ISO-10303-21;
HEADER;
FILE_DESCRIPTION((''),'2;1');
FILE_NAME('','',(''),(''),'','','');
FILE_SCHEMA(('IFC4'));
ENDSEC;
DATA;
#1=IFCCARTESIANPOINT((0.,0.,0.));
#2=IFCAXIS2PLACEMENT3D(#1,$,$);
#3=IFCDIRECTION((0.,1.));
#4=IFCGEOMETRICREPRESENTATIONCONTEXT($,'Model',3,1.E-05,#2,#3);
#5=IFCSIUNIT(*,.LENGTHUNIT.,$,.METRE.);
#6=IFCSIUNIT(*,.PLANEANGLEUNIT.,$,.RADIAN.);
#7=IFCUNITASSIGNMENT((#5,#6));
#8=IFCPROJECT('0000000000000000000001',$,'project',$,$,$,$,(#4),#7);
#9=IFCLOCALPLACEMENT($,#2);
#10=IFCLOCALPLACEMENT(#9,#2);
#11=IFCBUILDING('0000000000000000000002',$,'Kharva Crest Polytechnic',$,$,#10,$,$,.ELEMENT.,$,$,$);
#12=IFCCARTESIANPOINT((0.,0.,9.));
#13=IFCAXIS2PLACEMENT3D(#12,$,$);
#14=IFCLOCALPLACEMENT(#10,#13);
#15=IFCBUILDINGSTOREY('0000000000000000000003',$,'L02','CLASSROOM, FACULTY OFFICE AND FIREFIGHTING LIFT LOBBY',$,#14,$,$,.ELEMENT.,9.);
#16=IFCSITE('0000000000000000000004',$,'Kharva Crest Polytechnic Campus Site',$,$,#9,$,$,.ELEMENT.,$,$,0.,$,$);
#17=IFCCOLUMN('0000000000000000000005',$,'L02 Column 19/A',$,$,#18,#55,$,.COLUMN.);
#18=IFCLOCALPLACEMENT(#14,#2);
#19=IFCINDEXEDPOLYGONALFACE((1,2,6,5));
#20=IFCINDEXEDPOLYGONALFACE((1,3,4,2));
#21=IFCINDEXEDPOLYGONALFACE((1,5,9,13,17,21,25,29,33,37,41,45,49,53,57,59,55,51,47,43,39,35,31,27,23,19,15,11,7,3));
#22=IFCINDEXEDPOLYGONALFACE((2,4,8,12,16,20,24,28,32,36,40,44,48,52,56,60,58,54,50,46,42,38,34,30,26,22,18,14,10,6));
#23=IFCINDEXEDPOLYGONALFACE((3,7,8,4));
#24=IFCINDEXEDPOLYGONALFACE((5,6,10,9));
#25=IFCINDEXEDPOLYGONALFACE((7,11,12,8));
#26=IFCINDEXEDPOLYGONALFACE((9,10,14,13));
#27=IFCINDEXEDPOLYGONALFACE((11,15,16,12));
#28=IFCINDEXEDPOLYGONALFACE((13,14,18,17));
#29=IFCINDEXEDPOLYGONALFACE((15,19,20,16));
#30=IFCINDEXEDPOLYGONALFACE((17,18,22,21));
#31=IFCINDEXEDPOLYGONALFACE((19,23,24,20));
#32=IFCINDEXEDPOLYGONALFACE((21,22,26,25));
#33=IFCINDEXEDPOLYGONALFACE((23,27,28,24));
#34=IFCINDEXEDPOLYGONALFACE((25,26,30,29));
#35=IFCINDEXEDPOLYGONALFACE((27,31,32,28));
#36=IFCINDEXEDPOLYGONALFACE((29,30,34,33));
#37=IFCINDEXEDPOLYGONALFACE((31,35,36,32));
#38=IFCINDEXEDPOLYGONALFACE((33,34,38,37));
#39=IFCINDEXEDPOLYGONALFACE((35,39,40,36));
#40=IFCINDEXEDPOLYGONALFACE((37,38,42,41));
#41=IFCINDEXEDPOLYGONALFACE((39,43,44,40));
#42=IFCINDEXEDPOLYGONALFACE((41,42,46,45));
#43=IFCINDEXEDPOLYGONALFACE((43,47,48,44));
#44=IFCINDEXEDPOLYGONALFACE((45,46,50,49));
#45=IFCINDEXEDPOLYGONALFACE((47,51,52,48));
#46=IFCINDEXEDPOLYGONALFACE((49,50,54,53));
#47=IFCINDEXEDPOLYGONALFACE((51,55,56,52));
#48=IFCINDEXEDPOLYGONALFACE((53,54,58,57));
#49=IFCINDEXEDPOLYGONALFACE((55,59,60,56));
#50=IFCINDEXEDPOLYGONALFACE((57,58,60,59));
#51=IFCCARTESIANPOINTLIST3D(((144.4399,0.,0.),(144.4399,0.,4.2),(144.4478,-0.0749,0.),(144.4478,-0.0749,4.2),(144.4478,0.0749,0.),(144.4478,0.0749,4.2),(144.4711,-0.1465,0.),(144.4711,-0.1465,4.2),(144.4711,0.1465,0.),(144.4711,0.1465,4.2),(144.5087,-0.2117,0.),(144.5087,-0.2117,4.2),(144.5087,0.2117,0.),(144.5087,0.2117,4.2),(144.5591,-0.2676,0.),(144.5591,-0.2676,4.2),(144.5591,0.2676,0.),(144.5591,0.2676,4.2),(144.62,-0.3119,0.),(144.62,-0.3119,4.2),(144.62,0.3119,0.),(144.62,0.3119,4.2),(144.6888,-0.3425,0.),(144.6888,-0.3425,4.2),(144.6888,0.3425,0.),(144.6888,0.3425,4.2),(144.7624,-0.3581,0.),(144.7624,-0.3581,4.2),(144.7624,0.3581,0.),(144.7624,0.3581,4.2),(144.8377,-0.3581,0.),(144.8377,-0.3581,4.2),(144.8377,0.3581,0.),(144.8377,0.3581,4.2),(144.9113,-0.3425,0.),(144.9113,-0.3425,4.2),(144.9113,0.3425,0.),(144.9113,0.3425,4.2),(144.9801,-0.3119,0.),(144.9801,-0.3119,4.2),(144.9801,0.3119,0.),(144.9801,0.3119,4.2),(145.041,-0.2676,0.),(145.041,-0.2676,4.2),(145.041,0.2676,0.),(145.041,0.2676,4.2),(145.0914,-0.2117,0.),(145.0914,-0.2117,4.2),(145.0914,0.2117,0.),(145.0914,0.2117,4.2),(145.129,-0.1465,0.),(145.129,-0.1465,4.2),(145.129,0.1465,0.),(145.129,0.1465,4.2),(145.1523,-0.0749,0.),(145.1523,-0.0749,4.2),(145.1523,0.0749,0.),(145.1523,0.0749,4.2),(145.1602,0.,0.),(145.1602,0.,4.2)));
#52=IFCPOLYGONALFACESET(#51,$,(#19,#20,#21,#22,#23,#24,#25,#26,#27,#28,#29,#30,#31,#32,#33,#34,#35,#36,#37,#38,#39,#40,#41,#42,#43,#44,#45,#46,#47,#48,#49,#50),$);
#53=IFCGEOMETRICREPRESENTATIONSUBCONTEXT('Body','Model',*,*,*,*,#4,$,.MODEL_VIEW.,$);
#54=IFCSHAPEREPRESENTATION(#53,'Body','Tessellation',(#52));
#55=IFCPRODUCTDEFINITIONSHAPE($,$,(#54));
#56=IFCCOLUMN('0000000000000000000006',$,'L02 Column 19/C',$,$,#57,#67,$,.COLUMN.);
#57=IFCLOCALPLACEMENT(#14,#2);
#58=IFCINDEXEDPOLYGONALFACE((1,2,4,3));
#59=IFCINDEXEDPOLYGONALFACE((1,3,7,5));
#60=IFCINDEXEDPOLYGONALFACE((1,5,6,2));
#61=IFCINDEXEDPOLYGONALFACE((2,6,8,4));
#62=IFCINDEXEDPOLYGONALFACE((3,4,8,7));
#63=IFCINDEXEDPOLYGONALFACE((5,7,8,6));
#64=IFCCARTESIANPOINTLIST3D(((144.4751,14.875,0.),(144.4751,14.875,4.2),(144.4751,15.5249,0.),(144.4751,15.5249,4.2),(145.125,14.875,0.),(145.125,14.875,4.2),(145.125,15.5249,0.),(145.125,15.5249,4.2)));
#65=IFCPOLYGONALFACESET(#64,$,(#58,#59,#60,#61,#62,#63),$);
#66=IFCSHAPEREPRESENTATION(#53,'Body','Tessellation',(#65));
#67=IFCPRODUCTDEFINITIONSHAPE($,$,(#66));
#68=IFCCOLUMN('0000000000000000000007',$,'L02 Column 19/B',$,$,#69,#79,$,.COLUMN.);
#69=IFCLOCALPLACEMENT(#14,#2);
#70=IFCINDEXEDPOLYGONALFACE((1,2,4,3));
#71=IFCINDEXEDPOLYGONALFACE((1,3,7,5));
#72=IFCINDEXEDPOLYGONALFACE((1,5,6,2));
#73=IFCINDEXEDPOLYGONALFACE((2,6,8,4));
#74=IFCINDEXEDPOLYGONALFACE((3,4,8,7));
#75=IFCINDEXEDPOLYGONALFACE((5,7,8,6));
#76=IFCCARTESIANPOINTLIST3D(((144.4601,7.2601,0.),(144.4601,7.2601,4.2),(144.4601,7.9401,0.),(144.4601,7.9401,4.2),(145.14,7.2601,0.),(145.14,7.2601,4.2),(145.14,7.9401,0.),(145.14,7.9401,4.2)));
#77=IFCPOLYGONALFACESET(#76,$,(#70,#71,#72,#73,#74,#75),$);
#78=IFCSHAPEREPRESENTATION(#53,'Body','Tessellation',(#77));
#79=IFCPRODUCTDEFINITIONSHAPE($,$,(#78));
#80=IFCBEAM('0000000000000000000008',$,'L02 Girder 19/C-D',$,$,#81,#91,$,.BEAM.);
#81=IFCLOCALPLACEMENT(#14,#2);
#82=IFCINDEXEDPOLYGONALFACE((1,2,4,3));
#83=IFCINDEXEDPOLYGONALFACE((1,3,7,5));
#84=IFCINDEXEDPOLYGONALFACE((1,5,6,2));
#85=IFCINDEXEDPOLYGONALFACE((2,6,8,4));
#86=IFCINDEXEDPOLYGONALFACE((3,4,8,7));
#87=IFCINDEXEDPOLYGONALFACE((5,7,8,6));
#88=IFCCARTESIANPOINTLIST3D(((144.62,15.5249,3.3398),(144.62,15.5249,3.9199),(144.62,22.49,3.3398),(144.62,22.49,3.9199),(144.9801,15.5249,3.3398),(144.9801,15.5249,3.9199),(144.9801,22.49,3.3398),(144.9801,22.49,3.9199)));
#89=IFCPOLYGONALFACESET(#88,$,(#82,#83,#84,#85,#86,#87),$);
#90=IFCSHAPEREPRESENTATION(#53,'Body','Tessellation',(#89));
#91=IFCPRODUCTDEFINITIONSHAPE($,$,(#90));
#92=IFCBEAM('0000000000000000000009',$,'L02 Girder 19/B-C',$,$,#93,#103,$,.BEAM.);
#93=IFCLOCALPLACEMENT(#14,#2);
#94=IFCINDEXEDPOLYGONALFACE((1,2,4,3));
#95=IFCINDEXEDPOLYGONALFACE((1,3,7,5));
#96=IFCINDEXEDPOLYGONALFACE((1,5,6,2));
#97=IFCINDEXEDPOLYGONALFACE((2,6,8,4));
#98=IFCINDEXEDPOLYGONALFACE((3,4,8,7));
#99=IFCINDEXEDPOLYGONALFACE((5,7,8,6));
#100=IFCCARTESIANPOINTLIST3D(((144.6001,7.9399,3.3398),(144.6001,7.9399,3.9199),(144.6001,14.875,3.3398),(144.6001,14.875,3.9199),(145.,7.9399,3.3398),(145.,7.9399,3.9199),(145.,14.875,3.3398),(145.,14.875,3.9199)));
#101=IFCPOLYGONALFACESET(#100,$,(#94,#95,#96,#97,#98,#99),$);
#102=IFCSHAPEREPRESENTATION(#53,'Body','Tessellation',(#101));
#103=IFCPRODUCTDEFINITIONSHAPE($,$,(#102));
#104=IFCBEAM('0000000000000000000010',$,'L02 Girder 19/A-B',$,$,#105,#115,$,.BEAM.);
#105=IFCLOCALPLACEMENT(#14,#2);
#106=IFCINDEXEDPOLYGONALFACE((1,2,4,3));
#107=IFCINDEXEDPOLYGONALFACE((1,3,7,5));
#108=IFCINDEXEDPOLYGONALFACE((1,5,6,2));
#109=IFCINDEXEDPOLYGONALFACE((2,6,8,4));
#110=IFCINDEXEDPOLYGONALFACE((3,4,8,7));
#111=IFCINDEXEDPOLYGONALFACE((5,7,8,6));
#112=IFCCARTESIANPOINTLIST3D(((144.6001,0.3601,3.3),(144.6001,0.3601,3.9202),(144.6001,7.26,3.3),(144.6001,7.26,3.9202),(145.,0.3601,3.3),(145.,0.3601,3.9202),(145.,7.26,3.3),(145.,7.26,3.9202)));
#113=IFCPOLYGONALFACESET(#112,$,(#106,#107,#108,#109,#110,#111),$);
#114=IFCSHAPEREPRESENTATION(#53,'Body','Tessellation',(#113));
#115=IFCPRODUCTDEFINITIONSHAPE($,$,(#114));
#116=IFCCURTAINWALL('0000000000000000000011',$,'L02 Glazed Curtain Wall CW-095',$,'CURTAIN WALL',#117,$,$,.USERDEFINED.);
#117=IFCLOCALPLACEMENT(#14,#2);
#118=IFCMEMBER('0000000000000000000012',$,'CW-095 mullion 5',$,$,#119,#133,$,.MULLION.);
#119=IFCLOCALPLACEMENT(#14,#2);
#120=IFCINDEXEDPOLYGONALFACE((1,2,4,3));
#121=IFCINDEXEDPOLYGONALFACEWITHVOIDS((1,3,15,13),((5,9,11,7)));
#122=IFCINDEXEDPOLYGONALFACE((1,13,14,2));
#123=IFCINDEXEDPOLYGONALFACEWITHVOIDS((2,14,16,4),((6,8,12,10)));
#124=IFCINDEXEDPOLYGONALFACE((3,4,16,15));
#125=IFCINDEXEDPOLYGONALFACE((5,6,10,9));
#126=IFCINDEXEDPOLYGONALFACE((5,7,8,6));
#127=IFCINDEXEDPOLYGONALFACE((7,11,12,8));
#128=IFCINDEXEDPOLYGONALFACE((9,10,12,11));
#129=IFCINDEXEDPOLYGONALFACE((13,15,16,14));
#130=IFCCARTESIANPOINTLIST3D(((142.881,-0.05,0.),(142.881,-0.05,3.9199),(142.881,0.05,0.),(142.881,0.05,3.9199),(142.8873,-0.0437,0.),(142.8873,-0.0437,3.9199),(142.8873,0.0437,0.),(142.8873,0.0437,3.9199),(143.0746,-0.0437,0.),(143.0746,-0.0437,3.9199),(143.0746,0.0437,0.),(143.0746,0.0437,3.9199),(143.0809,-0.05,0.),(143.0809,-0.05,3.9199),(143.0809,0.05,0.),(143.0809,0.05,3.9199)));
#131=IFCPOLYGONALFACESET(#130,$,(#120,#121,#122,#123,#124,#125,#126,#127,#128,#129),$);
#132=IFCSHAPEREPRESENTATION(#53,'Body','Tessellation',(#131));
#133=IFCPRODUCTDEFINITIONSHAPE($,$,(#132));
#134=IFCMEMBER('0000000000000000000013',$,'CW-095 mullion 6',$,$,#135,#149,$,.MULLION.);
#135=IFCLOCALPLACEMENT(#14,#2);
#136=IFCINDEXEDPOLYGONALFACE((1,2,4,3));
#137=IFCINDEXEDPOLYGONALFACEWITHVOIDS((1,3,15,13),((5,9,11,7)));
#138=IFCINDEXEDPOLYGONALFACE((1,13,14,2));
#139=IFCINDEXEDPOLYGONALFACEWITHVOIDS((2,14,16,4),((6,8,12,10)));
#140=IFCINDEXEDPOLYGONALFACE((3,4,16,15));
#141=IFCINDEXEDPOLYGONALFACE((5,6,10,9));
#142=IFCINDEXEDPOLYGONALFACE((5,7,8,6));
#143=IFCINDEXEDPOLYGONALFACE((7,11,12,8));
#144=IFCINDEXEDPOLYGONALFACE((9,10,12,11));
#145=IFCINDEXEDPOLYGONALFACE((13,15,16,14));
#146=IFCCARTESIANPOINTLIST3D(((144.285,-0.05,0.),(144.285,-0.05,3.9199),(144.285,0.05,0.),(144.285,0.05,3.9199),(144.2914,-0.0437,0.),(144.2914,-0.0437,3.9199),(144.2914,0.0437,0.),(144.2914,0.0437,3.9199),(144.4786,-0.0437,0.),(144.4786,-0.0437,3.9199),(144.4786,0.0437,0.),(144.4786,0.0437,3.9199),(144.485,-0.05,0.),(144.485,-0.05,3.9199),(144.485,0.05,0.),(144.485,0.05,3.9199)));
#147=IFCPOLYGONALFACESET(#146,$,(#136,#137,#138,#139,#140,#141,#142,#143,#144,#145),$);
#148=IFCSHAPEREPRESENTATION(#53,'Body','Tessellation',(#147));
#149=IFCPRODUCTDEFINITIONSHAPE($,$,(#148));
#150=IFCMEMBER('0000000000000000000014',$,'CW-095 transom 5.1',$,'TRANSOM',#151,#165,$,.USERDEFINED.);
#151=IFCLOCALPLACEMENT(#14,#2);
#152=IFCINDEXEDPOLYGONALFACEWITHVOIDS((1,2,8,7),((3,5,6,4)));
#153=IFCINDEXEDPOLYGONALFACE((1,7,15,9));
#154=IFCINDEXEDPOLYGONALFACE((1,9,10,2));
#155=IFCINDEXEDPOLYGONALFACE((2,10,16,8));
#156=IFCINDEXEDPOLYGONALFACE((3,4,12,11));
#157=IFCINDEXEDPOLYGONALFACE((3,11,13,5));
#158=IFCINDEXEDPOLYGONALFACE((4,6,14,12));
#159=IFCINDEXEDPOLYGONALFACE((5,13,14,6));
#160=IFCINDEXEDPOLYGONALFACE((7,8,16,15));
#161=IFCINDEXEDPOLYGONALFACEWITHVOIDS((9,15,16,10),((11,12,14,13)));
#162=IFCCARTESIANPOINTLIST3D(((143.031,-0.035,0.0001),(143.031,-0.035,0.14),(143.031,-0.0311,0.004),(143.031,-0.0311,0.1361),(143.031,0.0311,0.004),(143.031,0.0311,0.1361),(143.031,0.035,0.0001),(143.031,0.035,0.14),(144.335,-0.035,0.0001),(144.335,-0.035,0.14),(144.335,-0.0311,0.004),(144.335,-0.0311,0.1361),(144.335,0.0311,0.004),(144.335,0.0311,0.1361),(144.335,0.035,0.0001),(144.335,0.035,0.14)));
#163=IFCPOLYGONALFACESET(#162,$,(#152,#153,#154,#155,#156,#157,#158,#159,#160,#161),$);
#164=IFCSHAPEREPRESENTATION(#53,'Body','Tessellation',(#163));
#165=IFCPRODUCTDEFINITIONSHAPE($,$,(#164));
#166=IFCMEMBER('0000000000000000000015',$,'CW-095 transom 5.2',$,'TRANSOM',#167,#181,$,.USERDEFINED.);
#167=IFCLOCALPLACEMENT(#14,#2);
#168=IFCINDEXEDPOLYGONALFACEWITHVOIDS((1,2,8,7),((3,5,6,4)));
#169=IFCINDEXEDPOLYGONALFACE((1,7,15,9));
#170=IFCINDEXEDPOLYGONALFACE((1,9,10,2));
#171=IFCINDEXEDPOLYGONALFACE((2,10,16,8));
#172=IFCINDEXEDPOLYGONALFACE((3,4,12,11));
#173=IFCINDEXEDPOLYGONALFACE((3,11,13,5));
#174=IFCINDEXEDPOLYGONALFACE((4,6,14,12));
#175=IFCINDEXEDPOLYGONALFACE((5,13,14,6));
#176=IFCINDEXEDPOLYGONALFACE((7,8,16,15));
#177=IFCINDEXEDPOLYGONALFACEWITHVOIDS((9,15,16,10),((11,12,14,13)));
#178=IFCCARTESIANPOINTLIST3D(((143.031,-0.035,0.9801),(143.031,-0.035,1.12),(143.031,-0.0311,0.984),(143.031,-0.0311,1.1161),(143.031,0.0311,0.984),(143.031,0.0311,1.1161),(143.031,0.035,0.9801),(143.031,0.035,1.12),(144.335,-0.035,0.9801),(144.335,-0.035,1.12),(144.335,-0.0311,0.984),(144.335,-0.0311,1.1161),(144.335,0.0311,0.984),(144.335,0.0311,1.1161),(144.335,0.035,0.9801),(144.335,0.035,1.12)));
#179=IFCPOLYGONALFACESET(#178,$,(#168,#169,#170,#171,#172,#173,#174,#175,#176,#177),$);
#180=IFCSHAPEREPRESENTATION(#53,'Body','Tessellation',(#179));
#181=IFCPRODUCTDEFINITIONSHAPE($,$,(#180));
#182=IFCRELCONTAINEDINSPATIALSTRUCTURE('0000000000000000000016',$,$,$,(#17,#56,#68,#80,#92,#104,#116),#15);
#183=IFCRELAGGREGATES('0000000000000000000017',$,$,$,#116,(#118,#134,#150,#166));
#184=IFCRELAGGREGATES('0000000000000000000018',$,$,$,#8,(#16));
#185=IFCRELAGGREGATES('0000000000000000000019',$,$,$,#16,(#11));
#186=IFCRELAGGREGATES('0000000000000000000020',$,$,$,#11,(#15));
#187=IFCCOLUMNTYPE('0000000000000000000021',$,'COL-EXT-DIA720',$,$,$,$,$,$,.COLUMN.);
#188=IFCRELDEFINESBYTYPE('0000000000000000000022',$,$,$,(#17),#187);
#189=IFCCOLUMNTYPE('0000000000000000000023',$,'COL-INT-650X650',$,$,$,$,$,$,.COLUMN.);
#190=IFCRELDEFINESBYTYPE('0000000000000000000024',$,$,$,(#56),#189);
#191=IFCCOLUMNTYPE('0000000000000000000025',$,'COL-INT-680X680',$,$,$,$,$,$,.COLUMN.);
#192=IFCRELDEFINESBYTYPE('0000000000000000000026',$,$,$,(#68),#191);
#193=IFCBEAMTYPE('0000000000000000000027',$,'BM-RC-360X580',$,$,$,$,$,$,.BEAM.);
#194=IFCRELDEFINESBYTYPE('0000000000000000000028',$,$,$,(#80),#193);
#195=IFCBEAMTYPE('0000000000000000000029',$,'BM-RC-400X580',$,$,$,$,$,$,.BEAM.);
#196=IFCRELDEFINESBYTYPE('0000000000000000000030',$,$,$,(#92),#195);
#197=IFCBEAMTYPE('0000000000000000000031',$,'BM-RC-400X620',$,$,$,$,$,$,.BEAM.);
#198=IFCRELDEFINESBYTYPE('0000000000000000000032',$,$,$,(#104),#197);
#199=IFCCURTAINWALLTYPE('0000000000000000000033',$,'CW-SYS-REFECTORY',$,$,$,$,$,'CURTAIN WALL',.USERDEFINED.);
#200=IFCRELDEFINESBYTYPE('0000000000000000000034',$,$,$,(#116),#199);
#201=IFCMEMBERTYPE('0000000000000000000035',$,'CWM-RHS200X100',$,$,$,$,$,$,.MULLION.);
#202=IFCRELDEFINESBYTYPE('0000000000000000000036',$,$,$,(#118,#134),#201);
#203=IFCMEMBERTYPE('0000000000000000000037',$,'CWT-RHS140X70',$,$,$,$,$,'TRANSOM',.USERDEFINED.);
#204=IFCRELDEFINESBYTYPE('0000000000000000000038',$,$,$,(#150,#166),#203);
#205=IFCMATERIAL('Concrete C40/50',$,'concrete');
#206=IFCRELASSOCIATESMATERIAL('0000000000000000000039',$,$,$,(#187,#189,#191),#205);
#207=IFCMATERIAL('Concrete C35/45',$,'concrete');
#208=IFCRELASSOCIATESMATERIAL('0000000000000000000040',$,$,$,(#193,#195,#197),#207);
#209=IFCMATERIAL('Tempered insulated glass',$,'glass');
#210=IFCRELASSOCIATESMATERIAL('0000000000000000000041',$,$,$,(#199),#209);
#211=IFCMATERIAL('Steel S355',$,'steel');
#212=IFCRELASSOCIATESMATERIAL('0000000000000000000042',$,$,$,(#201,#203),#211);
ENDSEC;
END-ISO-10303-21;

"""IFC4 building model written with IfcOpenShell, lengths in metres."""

from ifc_helpers import new_model, si_unit, direction, frame, origin, origin_2d, place, context, subcontext, project, spatial, rectangle, hollow_rectangle, circle, extrude, material, material_profile, profile_set, type_object, element, aggregate, save


model = new_model("IFC4")

# Units and contexts
model_context = context("Model", 3, precision=1e-05, world=origin(), true_north=direction((0.0, 1.0)))
body_context = subcontext(model_context, "Body", "Model", "MODEL_VIEW")
ifc_project = project(units=[si_unit("LENGTHUNIT", "METRE"), si_unit("PLANEANGLEUNIT", "RADIAN")], contexts=[model_context])

# Site, building, storey
site_placement = place(None, origin())
site = spatial("IfcSite", under=ifc_project, at=site_placement, Name="Kharva Crest Polytechnic Campus Site", CompositionType="ELEMENT", RefElevation=0.0)
building_placement = place(site_placement, origin())
building = spatial("IfcBuilding", under=site, at=building_placement, Name="Kharva Crest Polytechnic", CompositionType="ELEMENT")
storey_placement = place(building_placement, frame((0.0, 0.0, 9.0)))
storey = spatial("IfcBuildingStorey", under=building, at=storey_placement, Name="L02", Description="CLASSROOM, FACULTY OFFICE AND FIREFIGHTING LIFT LOBBY", CompositionType="ELEMENT", Elevation=9.0)

# Columns
ifc_material_1 = material(Name="Concrete C40/50", Category="concrete")
ifc_material_profile_1 = material_profile(ifc_material_1, circle(Radius=0.3601, at=origin_2d()), Name="DIA 720")
ifc_profile_set_1 = profile_set([ifc_material_profile_1], Name="Concrete C40/50")
column_type_1 = type_object("IfcColumnType", Name="COL-EXT-DIA720", PredefinedType="COLUMN", material=ifc_profile_set_1)
column_1_placement = place(storey_placement, frame((144.8, 0.0, 0.0), z_axis=(0.0, 0.0, 1.0), x_axis=(1.0, 0.0, 0.0)))
element("IfcColumn", 1, at=column_1_placement, inside=storey, type_object=column_type_1, Name="L02 Column 19/A", PredefinedType="COLUMN", context=body_context, shape_type="SweptSolid", body=[
    extrude(circle(Radius=0.3601, at=origin_2d()), origin(), (0.0, 0.0, 1.0), 4.2),
])
ifc_material_profile_2 = material_profile(ifc_material_1, rectangle(XDim=0.6499, YDim=0.6499, at=origin_2d()), Name="RECT 650 X 650")
ifc_profile_set_2 = profile_set([ifc_material_profile_2], Name="Concrete C40/50")
column_type_2 = type_object("IfcColumnType", Name="COL-INT-650X650", PredefinedType="COLUMN", material=ifc_profile_set_2)
column_2_placement = place(storey_placement, frame((144.8, 15.2, 0.0), z_axis=(0.0, 0.0, 1.0), x_axis=(1.0, 0.0, 0.0)))
element("IfcColumn", 2, at=column_2_placement, inside=storey, type_object=column_type_2, Name="L02 Column 19/C", PredefinedType="COLUMN", context=body_context, shape_type="SweptSolid", body=[
    extrude(rectangle(XDim=0.6499, YDim=0.6499, at=origin_2d()), origin(), (0.0, 0.0, 1.0), 4.2),
])
ifc_material_profile_3 = material_profile(ifc_material_1, rectangle(XDim=0.6799, YDim=0.6799, at=origin_2d()), Name="RECT 680 X 680")
ifc_profile_set_3 = profile_set([ifc_material_profile_3], Name="Concrete C40/50")
column_type_3 = type_object("IfcColumnType", Name="COL-INT-680X680", PredefinedType="COLUMN", material=ifc_profile_set_3)
column_3_placement = place(storey_placement, frame((144.8, 7.6001, 0.0), z_axis=(0.0, 0.0, 1.0), x_axis=(1.0, 0.0, 0.0)))
element("IfcColumn", 3, at=column_3_placement, inside=storey, type_object=column_type_3, Name="L02 Column 19/B", PredefinedType="COLUMN", context=body_context, shape_type="SweptSolid", body=[
    extrude(rectangle(XDim=0.6799, YDim=0.6799, at=origin_2d()), origin(), (0.0, 0.0, 1.0), 4.2),
])

# Beams
ifc_material_2 = material(Name="Concrete C35/45", Category="concrete")
ifc_material_profile_4 = material_profile(ifc_material_2, rectangle(XDim=0.3601, YDim=0.5801, at=origin_2d()), Name="RECT 360 X 580")
ifc_profile_set_4 = profile_set([ifc_material_profile_4], Name="Concrete C35/45")
beam_type_1 = type_object("IfcBeamType", Name="BM-RC-360X580", PredefinedType="BEAM", material=ifc_profile_set_4)
beam_1_placement = place(storey_placement, frame((144.8, 15.5249, 3.6299), z_axis=(0.0, 1.0, 0.0), x_axis=(-1.0, 0.0, 0.0)))
element("IfcBeam", 4, at=beam_1_placement, inside=storey, type_object=beam_type_1, Name="L02 Girder 19/C-D", PredefinedType="BEAM", context=body_context, shape_type="SweptSolid", body=[
    extrude(rectangle(XDim=0.3601, YDim=0.5801, at=origin_2d()), origin(), (0.0, 0.0, 1.0), 6.9651),
])
ifc_material_profile_5 = material_profile(ifc_material_2, rectangle(XDim=0.3999, YDim=0.5801, at=origin_2d()), Name="RECT 400 X 580")
ifc_profile_set_5 = profile_set([ifc_material_profile_5], Name="Concrete C35/45")
beam_type_2 = type_object("IfcBeamType", Name="BM-RC-400X580", PredefinedType="BEAM", material=ifc_profile_set_5)
beam_2_placement = place(storey_placement, frame((144.8, 7.9399, 3.6299), z_axis=(0.0, 1.0, 0.0), x_axis=(-1.0, 0.0, 0.0)))
element("IfcBeam", 5, at=beam_2_placement, inside=storey, type_object=beam_type_2, Name="L02 Girder 19/B-C", PredefinedType="BEAM", context=body_context, shape_type="SweptSolid", body=[
    extrude(rectangle(XDim=0.3999, YDim=0.5801, at=origin_2d()), origin(), (0.0, 0.0, 1.0), 6.9351),
])
ifc_material_profile_6 = material_profile(ifc_material_2, rectangle(XDim=0.3999, YDim=0.6201, at=origin_2d()), Name="RECT 400 X 620")
ifc_profile_set_6 = profile_set([ifc_material_profile_6], Name="Concrete C35/45")
beam_type_3 = type_object("IfcBeamType", Name="BM-RC-400X620", PredefinedType="BEAM", material=ifc_profile_set_6)
beam_3_placement = place(storey_placement, frame((144.8, 0.3601, 3.6101), z_axis=(0.0, 1.0, 0.0), x_axis=(-1.0, 0.0, 0.0)))
element("IfcBeam", 6, at=beam_3_placement, inside=storey, type_object=beam_type_3, Name="L02 Girder 19/A-B", PredefinedType="BEAM", context=body_context, shape_type="SweptSolid", body=[
    extrude(rectangle(XDim=0.3999, YDim=0.6201, at=origin_2d()), origin(), (0.0, 0.0, 1.0), 6.8999),
])

# Curtain wall, members
ifc_material_3 = material(Name="Tempered insulated glass", Category="glass")
curtain_wall_type = type_object("IfcCurtainWallType", Name="CW-SYS-REFECTORY", ElementType="CURTAIN WALL", PredefinedType="USERDEFINED", material=ifc_material_3)
curtain_wall_placement = place(storey_placement, origin())
curtain_wall = element("IfcCurtainWall", 7, at=curtain_wall_placement, inside=storey, type_object=curtain_wall_type, Name="L02 Glazed Curtain Wall CW-095", ObjectType="CURTAIN WALL", PredefinedType="USERDEFINED")
ifc_material_4 = material(Name="Steel S355", Category="steel")
ifc_material_profile_7 = material_profile(ifc_material_4, hollow_rectangle(XDim=0.1001, YDim=0.2, WallThickness=0.0063, at=origin_2d()), Name="RHS 200X100X6.3")
ifc_profile_set_7 = profile_set([ifc_material_profile_7], Name="Steel S355")
member_type_1 = type_object("IfcMemberType", Name="CWM-RHS200X100", PredefinedType="MULLION", material=ifc_profile_set_7)
member_1_placement = place(storey_placement, frame((142.981, 0.0, 0.0), z_axis=(0.0, 0.0, 1.0), x_axis=(0.0, 1.0, 0.0)))
member_1 = element("IfcMember", 8, at=member_1_placement, type_object=member_type_1, Name="CW-095 mullion 5", PredefinedType="MULLION", context=body_context, shape_type="SweptSolid", body=[
    extrude(hollow_rectangle(XDim=0.1001, YDim=0.2, WallThickness=0.0063, at=origin_2d()), origin(), (0.0, 0.0, 1.0), 3.9199),
])
member_2_placement = place(storey_placement, frame((144.385, 0.0, 0.0), z_axis=(0.0, 0.0, 1.0), x_axis=(0.0, 1.0, 0.0)))
member_2 = element("IfcMember", 9, at=member_2_placement, type_object=member_type_1, Name="CW-095 mullion 6", PredefinedType="MULLION", context=body_context, shape_type="SweptSolid", body=[
    extrude(hollow_rectangle(XDim=0.1001, YDim=0.2, WallThickness=0.0063, at=origin_2d()), origin(), (0.0, 0.0, 1.0), 3.9199),
])
ifc_material_profile_8 = material_profile(ifc_material_4, hollow_rectangle(XDim=0.0701, YDim=0.1399, WallThickness=0.0039, at=origin_2d()), Name="RHS 140X70X4.0")
ifc_profile_set_8 = profile_set([ifc_material_profile_8], Name="Steel S355")
member_type_2 = type_object("IfcMemberType", Name="CWT-RHS140X70", ElementType="TRANSOM", PredefinedType="USERDEFINED", material=ifc_profile_set_8)
member_3_placement = place(storey_placement, frame((143.031, 0.0, 0.0701), z_axis=(1.0, 0.0, 0.0), x_axis=(0.0, 1.0, 0.0)))
member_3 = element("IfcMember", 10, at=member_3_placement, type_object=member_type_2, Name="CW-095 transom 5.1", ObjectType="TRANSOM", PredefinedType="USERDEFINED", context=body_context, shape_type="SweptSolid", body=[
    extrude(hollow_rectangle(XDim=0.0701, YDim=0.1399, WallThickness=0.0039, at=origin_2d()), origin(), (0.0, 0.0, 1.0), 1.304),
])
member_4_placement = place(storey_placement, frame((143.031, 0.0, 1.05), z_axis=(1.0, 0.0, 0.0), x_axis=(0.0, 1.0, 0.0)))
member_4 = element("IfcMember", 11, at=member_4_placement, type_object=member_type_2, Name="CW-095 transom 5.2", ObjectType="TRANSOM", PredefinedType="USERDEFINED", context=body_context, shape_type="SweptSolid", body=[
    extrude(hollow_rectangle(XDim=0.0701, YDim=0.1399, WallThickness=0.0039, at=origin_2d()), origin(), (0.0, 0.0, 1.0), 1.304),
])
aggregate(curtain_wall, [member_1, member_2, member_3, member_4])

save(model, "model.ifc")
